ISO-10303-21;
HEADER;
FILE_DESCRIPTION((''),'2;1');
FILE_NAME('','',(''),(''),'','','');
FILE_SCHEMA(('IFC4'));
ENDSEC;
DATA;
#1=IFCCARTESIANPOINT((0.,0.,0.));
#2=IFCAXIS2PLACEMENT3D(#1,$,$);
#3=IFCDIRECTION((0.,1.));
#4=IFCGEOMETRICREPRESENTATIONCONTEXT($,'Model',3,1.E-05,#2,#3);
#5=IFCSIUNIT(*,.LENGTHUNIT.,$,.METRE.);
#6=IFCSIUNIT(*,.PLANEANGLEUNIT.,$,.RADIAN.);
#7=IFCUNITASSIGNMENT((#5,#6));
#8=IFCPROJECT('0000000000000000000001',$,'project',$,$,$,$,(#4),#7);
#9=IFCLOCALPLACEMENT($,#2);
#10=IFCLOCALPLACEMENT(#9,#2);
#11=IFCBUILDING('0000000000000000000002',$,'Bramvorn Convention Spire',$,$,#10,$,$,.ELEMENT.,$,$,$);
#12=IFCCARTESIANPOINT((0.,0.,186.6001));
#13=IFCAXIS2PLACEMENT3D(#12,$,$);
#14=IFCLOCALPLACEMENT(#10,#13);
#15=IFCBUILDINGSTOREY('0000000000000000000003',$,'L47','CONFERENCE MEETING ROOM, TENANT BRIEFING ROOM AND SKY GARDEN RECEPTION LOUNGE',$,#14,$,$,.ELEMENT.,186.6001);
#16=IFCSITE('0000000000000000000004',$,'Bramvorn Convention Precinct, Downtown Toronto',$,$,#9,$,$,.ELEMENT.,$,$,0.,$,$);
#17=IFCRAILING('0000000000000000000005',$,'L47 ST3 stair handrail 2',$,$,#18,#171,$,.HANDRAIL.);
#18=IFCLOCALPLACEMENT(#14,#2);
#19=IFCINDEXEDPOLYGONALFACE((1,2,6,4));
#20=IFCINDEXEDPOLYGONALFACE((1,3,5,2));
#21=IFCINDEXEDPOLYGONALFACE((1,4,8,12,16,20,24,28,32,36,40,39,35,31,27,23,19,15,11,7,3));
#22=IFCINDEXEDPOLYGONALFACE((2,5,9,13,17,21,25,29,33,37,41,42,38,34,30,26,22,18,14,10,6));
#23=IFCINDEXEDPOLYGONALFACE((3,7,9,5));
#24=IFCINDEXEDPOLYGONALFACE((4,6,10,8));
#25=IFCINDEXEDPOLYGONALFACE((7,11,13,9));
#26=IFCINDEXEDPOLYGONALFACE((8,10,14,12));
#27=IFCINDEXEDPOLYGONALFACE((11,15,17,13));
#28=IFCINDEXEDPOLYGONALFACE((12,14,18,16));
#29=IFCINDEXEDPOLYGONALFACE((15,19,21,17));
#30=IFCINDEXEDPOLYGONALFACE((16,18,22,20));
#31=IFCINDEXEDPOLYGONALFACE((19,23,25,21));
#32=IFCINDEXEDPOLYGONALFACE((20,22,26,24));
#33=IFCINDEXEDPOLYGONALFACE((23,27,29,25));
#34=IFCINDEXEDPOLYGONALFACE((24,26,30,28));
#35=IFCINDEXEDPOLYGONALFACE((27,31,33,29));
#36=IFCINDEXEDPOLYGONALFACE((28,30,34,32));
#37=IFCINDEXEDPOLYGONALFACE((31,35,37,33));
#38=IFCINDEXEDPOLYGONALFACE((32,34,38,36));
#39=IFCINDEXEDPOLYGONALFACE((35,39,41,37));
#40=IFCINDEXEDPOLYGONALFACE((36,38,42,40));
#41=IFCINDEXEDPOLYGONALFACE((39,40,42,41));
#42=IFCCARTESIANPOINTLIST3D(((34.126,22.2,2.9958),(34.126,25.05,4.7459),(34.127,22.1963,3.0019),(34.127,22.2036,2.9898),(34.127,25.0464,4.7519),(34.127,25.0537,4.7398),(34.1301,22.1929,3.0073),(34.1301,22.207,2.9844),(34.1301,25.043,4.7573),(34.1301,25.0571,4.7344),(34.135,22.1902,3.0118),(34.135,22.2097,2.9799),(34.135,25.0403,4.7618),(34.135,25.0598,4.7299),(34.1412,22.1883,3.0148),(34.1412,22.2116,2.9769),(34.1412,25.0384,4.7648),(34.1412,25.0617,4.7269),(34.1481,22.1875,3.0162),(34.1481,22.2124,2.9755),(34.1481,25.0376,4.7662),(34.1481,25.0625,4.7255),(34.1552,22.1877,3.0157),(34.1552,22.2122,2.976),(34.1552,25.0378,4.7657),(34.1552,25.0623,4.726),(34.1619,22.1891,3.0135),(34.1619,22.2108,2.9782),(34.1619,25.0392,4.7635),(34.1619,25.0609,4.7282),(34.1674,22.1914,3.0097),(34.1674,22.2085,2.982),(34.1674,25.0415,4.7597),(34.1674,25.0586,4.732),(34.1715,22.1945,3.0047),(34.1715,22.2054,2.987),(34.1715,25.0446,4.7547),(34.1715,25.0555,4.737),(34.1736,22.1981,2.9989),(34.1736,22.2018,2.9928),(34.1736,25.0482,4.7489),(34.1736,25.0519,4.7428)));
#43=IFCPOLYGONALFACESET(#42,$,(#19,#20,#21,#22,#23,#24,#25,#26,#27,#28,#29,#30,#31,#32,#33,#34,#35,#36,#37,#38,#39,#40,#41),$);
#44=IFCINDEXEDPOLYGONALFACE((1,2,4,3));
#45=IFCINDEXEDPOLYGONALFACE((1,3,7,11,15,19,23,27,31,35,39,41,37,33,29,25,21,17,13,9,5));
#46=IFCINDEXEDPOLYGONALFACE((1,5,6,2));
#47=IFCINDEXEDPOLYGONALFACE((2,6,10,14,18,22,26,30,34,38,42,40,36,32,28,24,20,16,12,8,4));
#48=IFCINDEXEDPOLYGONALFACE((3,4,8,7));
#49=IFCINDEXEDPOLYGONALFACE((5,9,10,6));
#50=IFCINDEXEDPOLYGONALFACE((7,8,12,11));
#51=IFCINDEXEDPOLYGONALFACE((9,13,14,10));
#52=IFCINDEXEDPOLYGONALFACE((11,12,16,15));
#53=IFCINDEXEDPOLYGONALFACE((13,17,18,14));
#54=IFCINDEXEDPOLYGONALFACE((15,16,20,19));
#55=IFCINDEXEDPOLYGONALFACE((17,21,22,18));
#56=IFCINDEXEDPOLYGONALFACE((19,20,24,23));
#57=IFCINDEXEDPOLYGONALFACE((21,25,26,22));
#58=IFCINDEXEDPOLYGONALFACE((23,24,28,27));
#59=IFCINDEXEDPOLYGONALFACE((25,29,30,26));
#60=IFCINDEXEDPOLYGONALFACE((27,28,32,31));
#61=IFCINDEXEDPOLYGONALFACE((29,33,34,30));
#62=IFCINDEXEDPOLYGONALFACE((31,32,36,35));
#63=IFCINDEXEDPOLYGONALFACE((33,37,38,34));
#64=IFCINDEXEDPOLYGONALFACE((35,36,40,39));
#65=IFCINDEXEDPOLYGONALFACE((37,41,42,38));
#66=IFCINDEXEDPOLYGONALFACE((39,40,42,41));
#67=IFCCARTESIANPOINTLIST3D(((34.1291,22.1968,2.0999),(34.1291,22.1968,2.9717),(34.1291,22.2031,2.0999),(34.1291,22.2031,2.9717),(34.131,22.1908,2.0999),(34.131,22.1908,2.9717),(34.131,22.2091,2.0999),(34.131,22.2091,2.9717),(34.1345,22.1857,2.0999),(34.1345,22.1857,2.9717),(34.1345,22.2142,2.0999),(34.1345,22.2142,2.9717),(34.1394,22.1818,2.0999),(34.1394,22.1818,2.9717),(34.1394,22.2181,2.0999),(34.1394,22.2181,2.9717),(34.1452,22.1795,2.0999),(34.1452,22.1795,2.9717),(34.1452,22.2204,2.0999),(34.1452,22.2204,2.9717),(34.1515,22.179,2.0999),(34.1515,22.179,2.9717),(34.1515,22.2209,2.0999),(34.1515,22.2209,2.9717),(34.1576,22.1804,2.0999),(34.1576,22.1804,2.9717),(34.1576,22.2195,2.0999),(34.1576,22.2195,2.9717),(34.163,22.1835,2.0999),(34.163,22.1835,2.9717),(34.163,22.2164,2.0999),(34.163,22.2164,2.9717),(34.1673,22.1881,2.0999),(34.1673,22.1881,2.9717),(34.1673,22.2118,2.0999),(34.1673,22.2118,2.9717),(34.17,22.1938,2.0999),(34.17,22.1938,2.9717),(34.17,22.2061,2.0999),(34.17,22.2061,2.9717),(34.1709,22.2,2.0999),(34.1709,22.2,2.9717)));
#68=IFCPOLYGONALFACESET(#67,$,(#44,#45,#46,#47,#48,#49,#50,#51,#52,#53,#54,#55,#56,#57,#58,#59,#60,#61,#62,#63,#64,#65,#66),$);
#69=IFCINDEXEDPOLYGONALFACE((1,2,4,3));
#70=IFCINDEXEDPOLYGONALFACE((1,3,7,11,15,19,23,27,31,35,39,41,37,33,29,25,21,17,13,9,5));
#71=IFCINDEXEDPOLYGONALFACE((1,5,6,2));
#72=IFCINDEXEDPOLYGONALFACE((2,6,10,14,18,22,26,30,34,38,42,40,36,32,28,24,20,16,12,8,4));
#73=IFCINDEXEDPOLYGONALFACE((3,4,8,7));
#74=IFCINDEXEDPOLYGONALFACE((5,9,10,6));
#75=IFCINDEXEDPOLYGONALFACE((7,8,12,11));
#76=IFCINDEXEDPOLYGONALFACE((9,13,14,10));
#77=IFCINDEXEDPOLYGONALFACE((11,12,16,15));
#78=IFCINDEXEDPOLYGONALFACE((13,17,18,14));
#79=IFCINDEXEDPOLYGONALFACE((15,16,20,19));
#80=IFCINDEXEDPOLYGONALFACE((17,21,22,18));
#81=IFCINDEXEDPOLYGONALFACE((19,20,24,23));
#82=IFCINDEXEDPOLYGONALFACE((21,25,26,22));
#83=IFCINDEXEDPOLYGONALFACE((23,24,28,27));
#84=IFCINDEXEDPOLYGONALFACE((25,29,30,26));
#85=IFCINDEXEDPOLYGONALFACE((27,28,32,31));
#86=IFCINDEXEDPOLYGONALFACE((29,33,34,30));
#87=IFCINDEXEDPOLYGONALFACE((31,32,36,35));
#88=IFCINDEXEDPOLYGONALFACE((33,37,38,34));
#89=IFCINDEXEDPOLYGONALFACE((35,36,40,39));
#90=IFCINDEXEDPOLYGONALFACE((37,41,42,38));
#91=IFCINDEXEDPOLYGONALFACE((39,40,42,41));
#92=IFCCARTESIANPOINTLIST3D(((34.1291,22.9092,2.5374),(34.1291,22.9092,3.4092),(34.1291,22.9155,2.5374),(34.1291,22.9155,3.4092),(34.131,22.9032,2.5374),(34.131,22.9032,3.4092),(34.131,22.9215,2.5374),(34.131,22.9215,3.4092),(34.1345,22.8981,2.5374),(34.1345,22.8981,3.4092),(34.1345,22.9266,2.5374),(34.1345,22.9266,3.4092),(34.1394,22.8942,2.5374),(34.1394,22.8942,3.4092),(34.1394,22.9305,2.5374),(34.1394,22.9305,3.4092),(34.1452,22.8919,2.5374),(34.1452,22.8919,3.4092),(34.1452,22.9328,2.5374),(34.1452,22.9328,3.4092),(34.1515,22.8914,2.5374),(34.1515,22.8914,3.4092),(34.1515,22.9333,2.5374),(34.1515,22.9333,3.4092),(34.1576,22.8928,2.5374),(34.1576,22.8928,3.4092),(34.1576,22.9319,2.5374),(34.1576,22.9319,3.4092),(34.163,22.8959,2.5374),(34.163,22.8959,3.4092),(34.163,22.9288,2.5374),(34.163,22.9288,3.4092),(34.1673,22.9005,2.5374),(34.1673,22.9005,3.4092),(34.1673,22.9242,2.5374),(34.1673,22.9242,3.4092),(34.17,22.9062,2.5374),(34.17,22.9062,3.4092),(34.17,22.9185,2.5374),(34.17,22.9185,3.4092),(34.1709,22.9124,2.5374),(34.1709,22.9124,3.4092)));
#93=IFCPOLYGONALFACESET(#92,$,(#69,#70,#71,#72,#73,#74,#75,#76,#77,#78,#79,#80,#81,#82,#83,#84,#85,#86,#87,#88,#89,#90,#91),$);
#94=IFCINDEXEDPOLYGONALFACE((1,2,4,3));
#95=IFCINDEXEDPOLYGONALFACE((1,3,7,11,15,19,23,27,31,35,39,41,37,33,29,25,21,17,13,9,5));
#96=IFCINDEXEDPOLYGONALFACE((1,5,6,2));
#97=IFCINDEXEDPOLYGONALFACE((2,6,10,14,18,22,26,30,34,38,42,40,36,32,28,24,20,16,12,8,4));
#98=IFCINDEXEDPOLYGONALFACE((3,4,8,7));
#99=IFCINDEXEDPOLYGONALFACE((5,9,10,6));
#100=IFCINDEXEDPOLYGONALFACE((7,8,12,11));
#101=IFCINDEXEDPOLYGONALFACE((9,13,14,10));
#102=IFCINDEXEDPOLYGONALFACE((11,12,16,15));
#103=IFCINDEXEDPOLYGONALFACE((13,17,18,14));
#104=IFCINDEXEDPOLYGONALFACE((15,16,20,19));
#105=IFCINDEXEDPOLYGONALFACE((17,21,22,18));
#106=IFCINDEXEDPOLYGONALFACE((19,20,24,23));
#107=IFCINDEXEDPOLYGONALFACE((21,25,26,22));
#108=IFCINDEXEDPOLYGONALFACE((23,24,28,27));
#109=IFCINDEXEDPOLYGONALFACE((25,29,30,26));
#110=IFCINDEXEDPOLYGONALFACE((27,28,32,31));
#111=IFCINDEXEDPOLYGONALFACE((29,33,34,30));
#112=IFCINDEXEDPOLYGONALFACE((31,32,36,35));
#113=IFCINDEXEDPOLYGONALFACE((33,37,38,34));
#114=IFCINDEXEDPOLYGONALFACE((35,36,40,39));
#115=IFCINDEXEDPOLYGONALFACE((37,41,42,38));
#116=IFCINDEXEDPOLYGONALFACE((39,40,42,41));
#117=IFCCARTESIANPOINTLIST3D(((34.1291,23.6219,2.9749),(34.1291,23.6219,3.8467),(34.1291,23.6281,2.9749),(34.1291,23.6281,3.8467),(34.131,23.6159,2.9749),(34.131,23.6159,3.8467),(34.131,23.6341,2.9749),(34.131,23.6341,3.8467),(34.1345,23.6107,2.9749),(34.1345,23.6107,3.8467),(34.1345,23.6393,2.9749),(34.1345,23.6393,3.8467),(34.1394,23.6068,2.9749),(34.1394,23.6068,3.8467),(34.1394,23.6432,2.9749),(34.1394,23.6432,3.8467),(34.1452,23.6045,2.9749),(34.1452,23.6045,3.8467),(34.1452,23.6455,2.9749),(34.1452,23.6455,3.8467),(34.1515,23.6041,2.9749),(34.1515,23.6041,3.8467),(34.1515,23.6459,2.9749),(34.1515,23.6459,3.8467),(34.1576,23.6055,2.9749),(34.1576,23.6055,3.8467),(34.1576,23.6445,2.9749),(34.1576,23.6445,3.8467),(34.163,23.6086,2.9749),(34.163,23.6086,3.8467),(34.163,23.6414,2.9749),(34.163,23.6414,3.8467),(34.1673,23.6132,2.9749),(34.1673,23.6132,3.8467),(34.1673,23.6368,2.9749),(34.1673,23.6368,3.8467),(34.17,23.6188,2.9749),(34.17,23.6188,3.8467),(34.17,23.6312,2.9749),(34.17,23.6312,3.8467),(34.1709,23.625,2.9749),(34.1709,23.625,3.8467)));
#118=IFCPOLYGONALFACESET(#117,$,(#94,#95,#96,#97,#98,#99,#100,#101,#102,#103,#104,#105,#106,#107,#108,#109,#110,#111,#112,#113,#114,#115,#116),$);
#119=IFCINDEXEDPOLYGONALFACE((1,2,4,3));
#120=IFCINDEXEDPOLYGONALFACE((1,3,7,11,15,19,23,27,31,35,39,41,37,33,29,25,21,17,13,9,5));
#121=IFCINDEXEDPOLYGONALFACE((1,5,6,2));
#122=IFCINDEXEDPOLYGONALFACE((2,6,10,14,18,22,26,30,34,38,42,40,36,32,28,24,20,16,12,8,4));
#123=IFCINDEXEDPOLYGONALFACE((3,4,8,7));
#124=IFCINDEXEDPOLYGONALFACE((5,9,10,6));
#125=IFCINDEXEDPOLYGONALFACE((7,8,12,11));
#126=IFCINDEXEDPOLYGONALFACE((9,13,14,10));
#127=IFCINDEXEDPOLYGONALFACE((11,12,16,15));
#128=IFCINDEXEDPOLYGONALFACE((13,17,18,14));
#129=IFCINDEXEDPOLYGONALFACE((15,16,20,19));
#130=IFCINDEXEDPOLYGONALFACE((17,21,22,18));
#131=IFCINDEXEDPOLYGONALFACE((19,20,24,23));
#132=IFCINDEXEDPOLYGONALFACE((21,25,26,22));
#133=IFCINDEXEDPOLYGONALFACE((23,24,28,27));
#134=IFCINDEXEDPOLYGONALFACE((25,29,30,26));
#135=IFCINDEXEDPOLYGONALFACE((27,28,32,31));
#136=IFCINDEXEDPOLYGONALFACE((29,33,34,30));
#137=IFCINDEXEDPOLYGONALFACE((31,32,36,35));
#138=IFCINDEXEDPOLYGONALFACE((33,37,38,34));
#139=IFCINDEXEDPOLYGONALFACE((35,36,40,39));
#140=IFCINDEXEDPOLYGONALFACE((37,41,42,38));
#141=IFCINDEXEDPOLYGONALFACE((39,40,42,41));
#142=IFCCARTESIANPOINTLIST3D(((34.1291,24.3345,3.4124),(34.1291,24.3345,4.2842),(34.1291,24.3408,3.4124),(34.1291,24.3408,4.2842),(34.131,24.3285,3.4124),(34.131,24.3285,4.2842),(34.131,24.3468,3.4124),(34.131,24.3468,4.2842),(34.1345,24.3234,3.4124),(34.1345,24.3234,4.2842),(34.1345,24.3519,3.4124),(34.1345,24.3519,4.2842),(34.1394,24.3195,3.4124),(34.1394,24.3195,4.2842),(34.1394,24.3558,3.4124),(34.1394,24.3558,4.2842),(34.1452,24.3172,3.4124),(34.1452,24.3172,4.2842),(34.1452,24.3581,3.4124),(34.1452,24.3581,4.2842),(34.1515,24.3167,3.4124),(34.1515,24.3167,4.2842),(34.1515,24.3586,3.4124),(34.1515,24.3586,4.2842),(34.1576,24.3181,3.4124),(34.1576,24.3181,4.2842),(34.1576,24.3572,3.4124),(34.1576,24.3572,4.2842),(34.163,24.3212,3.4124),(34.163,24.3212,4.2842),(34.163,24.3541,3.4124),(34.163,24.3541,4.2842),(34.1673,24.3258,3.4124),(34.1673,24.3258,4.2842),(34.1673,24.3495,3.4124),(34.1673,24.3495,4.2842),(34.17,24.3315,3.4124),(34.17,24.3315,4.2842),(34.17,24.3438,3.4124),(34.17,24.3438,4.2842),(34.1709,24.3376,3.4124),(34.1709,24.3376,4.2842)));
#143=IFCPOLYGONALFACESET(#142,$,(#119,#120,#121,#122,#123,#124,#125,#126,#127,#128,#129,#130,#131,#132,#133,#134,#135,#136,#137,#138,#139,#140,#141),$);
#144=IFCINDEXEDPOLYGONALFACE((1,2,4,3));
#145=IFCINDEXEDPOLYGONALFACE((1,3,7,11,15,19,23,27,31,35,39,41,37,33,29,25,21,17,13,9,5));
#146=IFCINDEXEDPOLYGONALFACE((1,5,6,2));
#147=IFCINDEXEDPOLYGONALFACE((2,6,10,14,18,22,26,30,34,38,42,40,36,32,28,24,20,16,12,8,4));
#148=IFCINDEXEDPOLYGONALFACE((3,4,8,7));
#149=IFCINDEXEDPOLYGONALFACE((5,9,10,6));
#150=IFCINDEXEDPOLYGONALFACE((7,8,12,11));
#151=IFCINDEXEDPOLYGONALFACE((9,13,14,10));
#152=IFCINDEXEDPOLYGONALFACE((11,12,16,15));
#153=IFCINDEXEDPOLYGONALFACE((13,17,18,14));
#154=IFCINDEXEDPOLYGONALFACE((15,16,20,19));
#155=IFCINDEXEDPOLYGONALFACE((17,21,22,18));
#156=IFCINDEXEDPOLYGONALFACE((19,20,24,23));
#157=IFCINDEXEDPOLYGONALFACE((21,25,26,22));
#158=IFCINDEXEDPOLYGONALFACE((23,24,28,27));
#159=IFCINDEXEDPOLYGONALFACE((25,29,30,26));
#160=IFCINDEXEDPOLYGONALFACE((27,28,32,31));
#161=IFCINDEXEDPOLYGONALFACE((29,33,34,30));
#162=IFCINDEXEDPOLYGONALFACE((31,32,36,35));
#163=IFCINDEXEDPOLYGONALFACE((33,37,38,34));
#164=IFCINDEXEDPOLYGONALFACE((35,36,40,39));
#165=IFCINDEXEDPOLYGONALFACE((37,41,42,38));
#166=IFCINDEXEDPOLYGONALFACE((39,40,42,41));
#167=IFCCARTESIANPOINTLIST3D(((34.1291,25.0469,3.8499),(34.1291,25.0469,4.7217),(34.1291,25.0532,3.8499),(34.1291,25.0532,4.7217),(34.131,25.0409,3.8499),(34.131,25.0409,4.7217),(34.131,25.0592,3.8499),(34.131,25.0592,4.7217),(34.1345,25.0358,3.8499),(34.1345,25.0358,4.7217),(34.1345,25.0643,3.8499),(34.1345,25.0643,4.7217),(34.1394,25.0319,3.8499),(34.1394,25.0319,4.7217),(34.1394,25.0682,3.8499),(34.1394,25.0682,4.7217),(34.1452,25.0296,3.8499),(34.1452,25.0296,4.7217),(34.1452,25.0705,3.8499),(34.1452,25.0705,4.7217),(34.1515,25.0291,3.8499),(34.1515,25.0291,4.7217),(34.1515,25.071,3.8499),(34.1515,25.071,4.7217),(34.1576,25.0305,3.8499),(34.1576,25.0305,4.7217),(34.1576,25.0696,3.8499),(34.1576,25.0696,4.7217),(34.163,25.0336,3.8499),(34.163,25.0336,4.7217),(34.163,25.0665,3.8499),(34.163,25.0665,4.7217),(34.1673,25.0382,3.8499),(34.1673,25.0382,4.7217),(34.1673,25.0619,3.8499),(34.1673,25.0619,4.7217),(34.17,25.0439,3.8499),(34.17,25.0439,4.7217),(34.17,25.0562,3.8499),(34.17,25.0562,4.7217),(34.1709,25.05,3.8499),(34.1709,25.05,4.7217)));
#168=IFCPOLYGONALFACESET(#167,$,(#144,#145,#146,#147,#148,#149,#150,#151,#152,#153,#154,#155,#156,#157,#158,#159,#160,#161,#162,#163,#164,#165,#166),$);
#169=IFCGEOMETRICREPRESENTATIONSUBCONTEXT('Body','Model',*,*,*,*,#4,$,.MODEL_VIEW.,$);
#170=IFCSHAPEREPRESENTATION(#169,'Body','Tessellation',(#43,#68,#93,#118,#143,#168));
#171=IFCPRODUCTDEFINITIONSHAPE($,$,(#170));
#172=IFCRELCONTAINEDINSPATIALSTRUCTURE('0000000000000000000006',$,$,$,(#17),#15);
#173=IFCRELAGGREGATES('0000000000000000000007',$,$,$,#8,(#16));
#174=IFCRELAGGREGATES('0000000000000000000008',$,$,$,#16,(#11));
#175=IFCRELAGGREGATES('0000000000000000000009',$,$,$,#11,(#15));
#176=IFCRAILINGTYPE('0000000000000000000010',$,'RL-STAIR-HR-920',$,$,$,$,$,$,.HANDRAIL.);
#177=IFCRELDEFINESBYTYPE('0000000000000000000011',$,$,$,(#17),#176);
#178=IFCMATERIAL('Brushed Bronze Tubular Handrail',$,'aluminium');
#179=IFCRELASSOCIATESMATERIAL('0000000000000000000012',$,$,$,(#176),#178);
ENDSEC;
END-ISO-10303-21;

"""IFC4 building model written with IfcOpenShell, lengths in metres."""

from ifc_helpers import new_model, si_unit, direction, frame, origin, origin_2d, place, context, subcontext, project, spatial, circle, extrude, material, type_object, element, save


model = new_model("IFC4")

# Units and contexts
model_context = context("Model", 3, precision=1e-05, world=origin(), true_north=direction((0.0, 1.0)))
body_context = subcontext(model_context, "Body", "Model", "MODEL_VIEW")
ifc_project = project(units=[si_unit("LENGTHUNIT", "METRE"), si_unit("PLANEANGLEUNIT", "RADIAN")], contexts=[model_context])

# Site, building, storey
site_placement = place(None, origin())
site = spatial("IfcSite", under=ifc_project, at=site_placement, Name="Bramvorn Convention Precinct, Downtown Toronto", CompositionType="ELEMENT", RefElevation=0.0)
building_placement = place(site_placement, origin())
building = spatial("IfcBuilding", under=site, at=building_placement, Name="Bramvorn Convention Spire", CompositionType="ELEMENT")
storey_placement = place(building_placement, frame((0.0, 0.0, 186.6001)))
storey = spatial("IfcBuildingStorey", under=building, at=storey_placement, Name="L47", Description="CONFERENCE MEETING ROOM, TENANT BRIEFING ROOM AND SKY GARDEN RECEPTION LOUNGE", CompositionType="ELEMENT", Elevation=186.6001)

# Railing
ifc_material_1 = material(Name="Brushed Bronze Tubular Handrail", Category="aluminium")
railing_type_1 = type_object("IfcRailingType", Name="RL-STAIR-HR-920", PredefinedType="HANDRAIL", material=ifc_material_1)
railing_1_placement = place(storey_placement, frame((34.1499, 22.2, 2.0999)))
element("IfcRailing", 1, at=railing_1_placement, inside=storey, type_object=railing_type_1, Name="L47 ST3 stair handrail 2", PredefinedType="HANDRAIL", context=body_context, shape_type="SweptSolid", body=[
    extrude(circle(Radius=0.0239, at=origin_2d()), frame((0.0, 0.0, 0.896), z_axis=(0.0, 0.852179, 0.52325), x_axis=(-1.0, 0.0, 0.0)), (0.0, 0.0, 1.0), 3.3445),
    extrude(circle(Radius=0.021, at=origin_2d()), origin(), (0.0, 0.0, 1.0), 0.8718),
    extrude(circle(Radius=0.021, at=origin_2d()), frame((0.0, 0.7124, 0.4375)), (0.0, 0.0, 1.0), 0.8718),
    extrude(circle(Radius=0.021, at=origin_2d()), frame((0.0, 1.425, 0.875)), (0.0, 0.0, 1.0), 0.8718),
    extrude(circle(Radius=0.021, at=origin_2d()), frame((0.0, 2.1377, 1.3125)), (0.0, 0.0, 1.0), 0.8718),
    extrude(circle(Radius=0.021, at=origin_2d()), frame((0.0, 2.8501, 1.75)), (0.0, 0.0, 1.0), 0.8718),
])

save(model, "model.ifc")
